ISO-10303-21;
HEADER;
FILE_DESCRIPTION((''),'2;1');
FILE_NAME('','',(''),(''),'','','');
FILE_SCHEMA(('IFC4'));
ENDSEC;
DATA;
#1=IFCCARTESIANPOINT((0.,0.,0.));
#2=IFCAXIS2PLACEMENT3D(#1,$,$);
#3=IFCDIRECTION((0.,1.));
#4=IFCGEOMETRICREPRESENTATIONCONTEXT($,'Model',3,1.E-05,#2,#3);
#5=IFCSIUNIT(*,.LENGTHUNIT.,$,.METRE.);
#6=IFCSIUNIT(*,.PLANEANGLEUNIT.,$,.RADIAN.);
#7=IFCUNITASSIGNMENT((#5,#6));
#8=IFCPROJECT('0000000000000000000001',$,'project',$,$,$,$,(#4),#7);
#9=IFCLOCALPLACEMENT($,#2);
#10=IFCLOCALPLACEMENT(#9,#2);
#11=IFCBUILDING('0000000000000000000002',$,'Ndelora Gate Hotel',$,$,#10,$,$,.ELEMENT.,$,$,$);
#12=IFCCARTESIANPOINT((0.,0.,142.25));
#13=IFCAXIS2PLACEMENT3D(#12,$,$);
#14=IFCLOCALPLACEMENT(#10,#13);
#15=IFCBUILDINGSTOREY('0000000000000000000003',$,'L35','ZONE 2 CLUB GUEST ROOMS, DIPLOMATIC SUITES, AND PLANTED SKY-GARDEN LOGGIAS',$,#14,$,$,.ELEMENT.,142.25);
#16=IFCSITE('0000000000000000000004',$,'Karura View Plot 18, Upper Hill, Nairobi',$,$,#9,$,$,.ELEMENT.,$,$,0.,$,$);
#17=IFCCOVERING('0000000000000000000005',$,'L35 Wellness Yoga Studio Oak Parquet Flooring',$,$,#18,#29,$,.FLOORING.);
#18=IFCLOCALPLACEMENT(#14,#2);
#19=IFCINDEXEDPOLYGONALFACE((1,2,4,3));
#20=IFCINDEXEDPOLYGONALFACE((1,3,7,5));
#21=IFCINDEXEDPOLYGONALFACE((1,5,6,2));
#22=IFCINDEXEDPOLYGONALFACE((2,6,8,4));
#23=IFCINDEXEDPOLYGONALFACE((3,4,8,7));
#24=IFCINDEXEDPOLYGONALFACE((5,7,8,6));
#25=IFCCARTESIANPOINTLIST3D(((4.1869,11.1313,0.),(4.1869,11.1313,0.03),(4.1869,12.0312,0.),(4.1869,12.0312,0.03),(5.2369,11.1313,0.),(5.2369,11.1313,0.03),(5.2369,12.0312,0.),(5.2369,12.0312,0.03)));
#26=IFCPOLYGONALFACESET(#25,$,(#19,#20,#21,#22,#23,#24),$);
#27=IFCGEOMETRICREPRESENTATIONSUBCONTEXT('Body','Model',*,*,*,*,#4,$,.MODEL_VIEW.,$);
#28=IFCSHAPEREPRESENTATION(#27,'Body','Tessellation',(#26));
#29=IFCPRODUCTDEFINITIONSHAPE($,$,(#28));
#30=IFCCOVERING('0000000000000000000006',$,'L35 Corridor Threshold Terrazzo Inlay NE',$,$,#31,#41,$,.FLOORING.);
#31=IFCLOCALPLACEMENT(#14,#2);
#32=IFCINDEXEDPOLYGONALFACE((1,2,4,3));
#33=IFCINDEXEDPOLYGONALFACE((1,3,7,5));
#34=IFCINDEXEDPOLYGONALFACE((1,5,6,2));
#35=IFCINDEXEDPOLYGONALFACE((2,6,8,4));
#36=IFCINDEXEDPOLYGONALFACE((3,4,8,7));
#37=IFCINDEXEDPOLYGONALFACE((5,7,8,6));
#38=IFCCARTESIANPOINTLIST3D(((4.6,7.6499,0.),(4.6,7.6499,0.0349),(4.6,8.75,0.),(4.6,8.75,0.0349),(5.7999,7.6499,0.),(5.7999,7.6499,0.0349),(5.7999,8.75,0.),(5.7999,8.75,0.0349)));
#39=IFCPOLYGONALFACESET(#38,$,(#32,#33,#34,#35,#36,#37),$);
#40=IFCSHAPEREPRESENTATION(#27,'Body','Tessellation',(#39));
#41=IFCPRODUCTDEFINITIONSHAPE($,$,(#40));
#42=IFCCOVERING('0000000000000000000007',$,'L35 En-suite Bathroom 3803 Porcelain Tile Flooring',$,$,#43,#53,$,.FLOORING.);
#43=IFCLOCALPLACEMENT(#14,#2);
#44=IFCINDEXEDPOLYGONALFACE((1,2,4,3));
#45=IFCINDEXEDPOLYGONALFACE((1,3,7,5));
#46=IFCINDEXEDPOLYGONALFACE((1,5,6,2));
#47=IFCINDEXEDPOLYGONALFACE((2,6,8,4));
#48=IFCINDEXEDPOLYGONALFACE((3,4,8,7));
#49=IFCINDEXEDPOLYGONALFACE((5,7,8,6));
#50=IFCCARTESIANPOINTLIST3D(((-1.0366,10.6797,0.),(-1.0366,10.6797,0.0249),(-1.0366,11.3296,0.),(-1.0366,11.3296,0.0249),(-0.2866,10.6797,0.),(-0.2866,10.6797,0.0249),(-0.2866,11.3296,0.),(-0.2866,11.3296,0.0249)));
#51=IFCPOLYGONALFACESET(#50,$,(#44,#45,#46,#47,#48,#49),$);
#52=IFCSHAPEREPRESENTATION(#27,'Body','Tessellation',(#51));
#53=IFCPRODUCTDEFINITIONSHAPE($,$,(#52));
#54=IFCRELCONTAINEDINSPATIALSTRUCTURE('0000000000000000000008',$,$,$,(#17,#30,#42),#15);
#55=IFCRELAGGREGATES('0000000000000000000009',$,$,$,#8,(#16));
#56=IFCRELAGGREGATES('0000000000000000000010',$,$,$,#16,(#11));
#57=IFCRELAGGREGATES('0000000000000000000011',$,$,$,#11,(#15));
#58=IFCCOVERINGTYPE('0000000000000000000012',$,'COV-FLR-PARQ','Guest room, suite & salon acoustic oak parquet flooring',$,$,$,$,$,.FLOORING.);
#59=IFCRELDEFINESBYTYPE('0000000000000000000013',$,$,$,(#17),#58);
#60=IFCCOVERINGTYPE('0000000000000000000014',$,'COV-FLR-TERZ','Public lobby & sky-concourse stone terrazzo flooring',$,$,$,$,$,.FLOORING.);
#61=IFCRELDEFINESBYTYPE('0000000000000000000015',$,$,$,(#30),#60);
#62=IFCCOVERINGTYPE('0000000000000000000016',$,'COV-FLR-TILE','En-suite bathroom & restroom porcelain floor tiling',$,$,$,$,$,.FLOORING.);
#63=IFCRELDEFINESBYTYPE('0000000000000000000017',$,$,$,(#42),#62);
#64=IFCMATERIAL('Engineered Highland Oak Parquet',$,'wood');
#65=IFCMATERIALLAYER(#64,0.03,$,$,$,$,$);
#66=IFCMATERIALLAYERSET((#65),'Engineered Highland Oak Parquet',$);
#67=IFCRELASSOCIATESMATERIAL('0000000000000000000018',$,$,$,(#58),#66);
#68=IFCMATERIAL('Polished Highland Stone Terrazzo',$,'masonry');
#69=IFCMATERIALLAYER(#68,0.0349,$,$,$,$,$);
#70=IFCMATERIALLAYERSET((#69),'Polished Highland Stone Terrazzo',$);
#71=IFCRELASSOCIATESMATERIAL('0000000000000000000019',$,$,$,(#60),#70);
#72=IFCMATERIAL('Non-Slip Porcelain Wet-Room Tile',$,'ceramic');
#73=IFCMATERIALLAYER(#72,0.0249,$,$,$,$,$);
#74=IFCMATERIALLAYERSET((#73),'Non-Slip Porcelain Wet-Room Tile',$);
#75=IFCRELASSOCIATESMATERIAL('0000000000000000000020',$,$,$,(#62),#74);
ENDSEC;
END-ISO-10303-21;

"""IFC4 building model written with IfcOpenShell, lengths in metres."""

from ifc_helpers import new_model, si_unit, direction, frame, origin, origin_2d, place, context, subcontext, project, spatial, rectangle, extrude, material, layer, layer_set, type_object, element, save


model = new_model("IFC4")

# Units and contexts
model_context = context("Model", 3, precision=1e-05, world=origin(), true_north=direction((0.0, 1.0)))
body_context = subcontext(model_context, "Body", "Model", "MODEL_VIEW")
ifc_project = project(units=[si_unit("LENGTHUNIT", "METRE"), si_unit("PLANEANGLEUNIT", "RADIAN")], contexts=[model_context])

# Site, building, storey
site_placement = place(None, origin())
site = spatial("IfcSite", under=ifc_project, at=site_placement, Name="Karura View Plot 18, Upper Hill, Nairobi", CompositionType="ELEMENT", RefElevation=0.0)
building_placement = place(site_placement, origin())
building = spatial("IfcBuilding", under=site, at=building_placement, Name="Ndelora Gate Hotel", CompositionType="ELEMENT")
storey_placement = place(building_placement, frame((0.0, 0.0, 142.25)))
storey = spatial("IfcBuildingStorey", under=building, at=storey_placement, Name="L35", Description="ZONE 2 CLUB GUEST ROOMS, DIPLOMATIC SUITES, AND PLANTED SKY-GARDEN LOGGIAS", CompositionType="ELEMENT", Elevation=142.25)

# Coverings
ifc_material_1 = material(Name="Engineered Highland Oak Parquet", Category="wood")
ifc_layer_1 = layer(ifc_material_1, 0.03)
ifc_layer_set_1 = layer_set([ifc_layer_1], Name="Engineered Highland Oak Parquet")
covering_type_1 = type_object("IfcCoveringType", Name="COV-FLR-PARQ", Description="Guest room, suite & salon acoustic oak parquet flooring", PredefinedType="FLOORING", material=ifc_layer_set_1)
covering_1_placement = place(storey_placement, frame((4.7119, 11.5813, 0.0), z_axis=(0.0, 0.0, 1.0), x_axis=(1.0, 0.0, 0.0)))
element("IfcCovering", 1, at=covering_1_placement, inside=storey, type_object=covering_type_1, Name="L35 Wellness Yoga Studio Oak Parquet Flooring", PredefinedType="FLOORING", context=body_context, shape_type="SweptSolid", body=[
    extrude(rectangle(XDim=1.05, YDim=0.8999, at=origin_2d()), origin(), (0.0, 0.0, 1.0), 0.03),
])
ifc_material_2 = material(Name="Polished Highland Stone Terrazzo", Category="masonry")
ifc_layer_2 = layer(ifc_material_2, 0.0349)
ifc_layer_set_2 = layer_set([ifc_layer_2], Name="Polished Highland Stone Terrazzo")
covering_type_2 = type_object("IfcCoveringType", Name="COV-FLR-TERZ", Description="Public lobby & sky-concourse stone terrazzo flooring", PredefinedType="FLOORING", material=ifc_layer_set_2)
covering_2_placement = place(storey_placement, frame((5.2, 8.2, 0.0), z_axis=(0.0, 0.0, 1.0), x_axis=(1.0, 0.0, 0.0)))
element("IfcCovering", 2, at=covering_2_placement, inside=storey, type_object=covering_type_2, Name="L35 Corridor Threshold Terrazzo Inlay NE", PredefinedType="FLOORING", context=body_context, shape_type="SweptSolid", body=[
    extrude(rectangle(XDim=1.2, YDim=1.1001, at=origin_2d()), origin(), (0.0, 0.0, 1.0), 0.0349),
])
ifc_material_3 = material(Name="Non-Slip Porcelain Wet-Room Tile", Category="ceramic")
ifc_layer_3 = layer(ifc_material_3, 0.0249)
ifc_layer_set_3 = layer_set([ifc_layer_3], Name="Non-Slip Porcelain Wet-Room Tile")
covering_type_3 = type_object("IfcCoveringType", Name="COV-FLR-TILE", Description="En-suite bathroom & restroom porcelain floor tiling", PredefinedType="FLOORING", material=ifc_layer_set_3)
covering_3_placement = place(storey_placement, frame((-0.6616, 11.0046, 0.0), z_axis=(0.0, 0.0, 1.0), x_axis=(1.0, 0.0, 0.0)))
element("IfcCovering", 3, at=covering_3_placement, inside=storey, type_object=covering_type_3, Name="L35 En-suite Bathroom 3803 Porcelain Tile Flooring", PredefinedType="FLOORING", context=body_context, shape_type="SweptSolid", body=[
    extrude(rectangle(XDim=0.75, YDim=0.6499, at=origin_2d()), origin(), (0.0, 0.0, 1.0), 0.0249),
])

save(model, "model.ifc")
